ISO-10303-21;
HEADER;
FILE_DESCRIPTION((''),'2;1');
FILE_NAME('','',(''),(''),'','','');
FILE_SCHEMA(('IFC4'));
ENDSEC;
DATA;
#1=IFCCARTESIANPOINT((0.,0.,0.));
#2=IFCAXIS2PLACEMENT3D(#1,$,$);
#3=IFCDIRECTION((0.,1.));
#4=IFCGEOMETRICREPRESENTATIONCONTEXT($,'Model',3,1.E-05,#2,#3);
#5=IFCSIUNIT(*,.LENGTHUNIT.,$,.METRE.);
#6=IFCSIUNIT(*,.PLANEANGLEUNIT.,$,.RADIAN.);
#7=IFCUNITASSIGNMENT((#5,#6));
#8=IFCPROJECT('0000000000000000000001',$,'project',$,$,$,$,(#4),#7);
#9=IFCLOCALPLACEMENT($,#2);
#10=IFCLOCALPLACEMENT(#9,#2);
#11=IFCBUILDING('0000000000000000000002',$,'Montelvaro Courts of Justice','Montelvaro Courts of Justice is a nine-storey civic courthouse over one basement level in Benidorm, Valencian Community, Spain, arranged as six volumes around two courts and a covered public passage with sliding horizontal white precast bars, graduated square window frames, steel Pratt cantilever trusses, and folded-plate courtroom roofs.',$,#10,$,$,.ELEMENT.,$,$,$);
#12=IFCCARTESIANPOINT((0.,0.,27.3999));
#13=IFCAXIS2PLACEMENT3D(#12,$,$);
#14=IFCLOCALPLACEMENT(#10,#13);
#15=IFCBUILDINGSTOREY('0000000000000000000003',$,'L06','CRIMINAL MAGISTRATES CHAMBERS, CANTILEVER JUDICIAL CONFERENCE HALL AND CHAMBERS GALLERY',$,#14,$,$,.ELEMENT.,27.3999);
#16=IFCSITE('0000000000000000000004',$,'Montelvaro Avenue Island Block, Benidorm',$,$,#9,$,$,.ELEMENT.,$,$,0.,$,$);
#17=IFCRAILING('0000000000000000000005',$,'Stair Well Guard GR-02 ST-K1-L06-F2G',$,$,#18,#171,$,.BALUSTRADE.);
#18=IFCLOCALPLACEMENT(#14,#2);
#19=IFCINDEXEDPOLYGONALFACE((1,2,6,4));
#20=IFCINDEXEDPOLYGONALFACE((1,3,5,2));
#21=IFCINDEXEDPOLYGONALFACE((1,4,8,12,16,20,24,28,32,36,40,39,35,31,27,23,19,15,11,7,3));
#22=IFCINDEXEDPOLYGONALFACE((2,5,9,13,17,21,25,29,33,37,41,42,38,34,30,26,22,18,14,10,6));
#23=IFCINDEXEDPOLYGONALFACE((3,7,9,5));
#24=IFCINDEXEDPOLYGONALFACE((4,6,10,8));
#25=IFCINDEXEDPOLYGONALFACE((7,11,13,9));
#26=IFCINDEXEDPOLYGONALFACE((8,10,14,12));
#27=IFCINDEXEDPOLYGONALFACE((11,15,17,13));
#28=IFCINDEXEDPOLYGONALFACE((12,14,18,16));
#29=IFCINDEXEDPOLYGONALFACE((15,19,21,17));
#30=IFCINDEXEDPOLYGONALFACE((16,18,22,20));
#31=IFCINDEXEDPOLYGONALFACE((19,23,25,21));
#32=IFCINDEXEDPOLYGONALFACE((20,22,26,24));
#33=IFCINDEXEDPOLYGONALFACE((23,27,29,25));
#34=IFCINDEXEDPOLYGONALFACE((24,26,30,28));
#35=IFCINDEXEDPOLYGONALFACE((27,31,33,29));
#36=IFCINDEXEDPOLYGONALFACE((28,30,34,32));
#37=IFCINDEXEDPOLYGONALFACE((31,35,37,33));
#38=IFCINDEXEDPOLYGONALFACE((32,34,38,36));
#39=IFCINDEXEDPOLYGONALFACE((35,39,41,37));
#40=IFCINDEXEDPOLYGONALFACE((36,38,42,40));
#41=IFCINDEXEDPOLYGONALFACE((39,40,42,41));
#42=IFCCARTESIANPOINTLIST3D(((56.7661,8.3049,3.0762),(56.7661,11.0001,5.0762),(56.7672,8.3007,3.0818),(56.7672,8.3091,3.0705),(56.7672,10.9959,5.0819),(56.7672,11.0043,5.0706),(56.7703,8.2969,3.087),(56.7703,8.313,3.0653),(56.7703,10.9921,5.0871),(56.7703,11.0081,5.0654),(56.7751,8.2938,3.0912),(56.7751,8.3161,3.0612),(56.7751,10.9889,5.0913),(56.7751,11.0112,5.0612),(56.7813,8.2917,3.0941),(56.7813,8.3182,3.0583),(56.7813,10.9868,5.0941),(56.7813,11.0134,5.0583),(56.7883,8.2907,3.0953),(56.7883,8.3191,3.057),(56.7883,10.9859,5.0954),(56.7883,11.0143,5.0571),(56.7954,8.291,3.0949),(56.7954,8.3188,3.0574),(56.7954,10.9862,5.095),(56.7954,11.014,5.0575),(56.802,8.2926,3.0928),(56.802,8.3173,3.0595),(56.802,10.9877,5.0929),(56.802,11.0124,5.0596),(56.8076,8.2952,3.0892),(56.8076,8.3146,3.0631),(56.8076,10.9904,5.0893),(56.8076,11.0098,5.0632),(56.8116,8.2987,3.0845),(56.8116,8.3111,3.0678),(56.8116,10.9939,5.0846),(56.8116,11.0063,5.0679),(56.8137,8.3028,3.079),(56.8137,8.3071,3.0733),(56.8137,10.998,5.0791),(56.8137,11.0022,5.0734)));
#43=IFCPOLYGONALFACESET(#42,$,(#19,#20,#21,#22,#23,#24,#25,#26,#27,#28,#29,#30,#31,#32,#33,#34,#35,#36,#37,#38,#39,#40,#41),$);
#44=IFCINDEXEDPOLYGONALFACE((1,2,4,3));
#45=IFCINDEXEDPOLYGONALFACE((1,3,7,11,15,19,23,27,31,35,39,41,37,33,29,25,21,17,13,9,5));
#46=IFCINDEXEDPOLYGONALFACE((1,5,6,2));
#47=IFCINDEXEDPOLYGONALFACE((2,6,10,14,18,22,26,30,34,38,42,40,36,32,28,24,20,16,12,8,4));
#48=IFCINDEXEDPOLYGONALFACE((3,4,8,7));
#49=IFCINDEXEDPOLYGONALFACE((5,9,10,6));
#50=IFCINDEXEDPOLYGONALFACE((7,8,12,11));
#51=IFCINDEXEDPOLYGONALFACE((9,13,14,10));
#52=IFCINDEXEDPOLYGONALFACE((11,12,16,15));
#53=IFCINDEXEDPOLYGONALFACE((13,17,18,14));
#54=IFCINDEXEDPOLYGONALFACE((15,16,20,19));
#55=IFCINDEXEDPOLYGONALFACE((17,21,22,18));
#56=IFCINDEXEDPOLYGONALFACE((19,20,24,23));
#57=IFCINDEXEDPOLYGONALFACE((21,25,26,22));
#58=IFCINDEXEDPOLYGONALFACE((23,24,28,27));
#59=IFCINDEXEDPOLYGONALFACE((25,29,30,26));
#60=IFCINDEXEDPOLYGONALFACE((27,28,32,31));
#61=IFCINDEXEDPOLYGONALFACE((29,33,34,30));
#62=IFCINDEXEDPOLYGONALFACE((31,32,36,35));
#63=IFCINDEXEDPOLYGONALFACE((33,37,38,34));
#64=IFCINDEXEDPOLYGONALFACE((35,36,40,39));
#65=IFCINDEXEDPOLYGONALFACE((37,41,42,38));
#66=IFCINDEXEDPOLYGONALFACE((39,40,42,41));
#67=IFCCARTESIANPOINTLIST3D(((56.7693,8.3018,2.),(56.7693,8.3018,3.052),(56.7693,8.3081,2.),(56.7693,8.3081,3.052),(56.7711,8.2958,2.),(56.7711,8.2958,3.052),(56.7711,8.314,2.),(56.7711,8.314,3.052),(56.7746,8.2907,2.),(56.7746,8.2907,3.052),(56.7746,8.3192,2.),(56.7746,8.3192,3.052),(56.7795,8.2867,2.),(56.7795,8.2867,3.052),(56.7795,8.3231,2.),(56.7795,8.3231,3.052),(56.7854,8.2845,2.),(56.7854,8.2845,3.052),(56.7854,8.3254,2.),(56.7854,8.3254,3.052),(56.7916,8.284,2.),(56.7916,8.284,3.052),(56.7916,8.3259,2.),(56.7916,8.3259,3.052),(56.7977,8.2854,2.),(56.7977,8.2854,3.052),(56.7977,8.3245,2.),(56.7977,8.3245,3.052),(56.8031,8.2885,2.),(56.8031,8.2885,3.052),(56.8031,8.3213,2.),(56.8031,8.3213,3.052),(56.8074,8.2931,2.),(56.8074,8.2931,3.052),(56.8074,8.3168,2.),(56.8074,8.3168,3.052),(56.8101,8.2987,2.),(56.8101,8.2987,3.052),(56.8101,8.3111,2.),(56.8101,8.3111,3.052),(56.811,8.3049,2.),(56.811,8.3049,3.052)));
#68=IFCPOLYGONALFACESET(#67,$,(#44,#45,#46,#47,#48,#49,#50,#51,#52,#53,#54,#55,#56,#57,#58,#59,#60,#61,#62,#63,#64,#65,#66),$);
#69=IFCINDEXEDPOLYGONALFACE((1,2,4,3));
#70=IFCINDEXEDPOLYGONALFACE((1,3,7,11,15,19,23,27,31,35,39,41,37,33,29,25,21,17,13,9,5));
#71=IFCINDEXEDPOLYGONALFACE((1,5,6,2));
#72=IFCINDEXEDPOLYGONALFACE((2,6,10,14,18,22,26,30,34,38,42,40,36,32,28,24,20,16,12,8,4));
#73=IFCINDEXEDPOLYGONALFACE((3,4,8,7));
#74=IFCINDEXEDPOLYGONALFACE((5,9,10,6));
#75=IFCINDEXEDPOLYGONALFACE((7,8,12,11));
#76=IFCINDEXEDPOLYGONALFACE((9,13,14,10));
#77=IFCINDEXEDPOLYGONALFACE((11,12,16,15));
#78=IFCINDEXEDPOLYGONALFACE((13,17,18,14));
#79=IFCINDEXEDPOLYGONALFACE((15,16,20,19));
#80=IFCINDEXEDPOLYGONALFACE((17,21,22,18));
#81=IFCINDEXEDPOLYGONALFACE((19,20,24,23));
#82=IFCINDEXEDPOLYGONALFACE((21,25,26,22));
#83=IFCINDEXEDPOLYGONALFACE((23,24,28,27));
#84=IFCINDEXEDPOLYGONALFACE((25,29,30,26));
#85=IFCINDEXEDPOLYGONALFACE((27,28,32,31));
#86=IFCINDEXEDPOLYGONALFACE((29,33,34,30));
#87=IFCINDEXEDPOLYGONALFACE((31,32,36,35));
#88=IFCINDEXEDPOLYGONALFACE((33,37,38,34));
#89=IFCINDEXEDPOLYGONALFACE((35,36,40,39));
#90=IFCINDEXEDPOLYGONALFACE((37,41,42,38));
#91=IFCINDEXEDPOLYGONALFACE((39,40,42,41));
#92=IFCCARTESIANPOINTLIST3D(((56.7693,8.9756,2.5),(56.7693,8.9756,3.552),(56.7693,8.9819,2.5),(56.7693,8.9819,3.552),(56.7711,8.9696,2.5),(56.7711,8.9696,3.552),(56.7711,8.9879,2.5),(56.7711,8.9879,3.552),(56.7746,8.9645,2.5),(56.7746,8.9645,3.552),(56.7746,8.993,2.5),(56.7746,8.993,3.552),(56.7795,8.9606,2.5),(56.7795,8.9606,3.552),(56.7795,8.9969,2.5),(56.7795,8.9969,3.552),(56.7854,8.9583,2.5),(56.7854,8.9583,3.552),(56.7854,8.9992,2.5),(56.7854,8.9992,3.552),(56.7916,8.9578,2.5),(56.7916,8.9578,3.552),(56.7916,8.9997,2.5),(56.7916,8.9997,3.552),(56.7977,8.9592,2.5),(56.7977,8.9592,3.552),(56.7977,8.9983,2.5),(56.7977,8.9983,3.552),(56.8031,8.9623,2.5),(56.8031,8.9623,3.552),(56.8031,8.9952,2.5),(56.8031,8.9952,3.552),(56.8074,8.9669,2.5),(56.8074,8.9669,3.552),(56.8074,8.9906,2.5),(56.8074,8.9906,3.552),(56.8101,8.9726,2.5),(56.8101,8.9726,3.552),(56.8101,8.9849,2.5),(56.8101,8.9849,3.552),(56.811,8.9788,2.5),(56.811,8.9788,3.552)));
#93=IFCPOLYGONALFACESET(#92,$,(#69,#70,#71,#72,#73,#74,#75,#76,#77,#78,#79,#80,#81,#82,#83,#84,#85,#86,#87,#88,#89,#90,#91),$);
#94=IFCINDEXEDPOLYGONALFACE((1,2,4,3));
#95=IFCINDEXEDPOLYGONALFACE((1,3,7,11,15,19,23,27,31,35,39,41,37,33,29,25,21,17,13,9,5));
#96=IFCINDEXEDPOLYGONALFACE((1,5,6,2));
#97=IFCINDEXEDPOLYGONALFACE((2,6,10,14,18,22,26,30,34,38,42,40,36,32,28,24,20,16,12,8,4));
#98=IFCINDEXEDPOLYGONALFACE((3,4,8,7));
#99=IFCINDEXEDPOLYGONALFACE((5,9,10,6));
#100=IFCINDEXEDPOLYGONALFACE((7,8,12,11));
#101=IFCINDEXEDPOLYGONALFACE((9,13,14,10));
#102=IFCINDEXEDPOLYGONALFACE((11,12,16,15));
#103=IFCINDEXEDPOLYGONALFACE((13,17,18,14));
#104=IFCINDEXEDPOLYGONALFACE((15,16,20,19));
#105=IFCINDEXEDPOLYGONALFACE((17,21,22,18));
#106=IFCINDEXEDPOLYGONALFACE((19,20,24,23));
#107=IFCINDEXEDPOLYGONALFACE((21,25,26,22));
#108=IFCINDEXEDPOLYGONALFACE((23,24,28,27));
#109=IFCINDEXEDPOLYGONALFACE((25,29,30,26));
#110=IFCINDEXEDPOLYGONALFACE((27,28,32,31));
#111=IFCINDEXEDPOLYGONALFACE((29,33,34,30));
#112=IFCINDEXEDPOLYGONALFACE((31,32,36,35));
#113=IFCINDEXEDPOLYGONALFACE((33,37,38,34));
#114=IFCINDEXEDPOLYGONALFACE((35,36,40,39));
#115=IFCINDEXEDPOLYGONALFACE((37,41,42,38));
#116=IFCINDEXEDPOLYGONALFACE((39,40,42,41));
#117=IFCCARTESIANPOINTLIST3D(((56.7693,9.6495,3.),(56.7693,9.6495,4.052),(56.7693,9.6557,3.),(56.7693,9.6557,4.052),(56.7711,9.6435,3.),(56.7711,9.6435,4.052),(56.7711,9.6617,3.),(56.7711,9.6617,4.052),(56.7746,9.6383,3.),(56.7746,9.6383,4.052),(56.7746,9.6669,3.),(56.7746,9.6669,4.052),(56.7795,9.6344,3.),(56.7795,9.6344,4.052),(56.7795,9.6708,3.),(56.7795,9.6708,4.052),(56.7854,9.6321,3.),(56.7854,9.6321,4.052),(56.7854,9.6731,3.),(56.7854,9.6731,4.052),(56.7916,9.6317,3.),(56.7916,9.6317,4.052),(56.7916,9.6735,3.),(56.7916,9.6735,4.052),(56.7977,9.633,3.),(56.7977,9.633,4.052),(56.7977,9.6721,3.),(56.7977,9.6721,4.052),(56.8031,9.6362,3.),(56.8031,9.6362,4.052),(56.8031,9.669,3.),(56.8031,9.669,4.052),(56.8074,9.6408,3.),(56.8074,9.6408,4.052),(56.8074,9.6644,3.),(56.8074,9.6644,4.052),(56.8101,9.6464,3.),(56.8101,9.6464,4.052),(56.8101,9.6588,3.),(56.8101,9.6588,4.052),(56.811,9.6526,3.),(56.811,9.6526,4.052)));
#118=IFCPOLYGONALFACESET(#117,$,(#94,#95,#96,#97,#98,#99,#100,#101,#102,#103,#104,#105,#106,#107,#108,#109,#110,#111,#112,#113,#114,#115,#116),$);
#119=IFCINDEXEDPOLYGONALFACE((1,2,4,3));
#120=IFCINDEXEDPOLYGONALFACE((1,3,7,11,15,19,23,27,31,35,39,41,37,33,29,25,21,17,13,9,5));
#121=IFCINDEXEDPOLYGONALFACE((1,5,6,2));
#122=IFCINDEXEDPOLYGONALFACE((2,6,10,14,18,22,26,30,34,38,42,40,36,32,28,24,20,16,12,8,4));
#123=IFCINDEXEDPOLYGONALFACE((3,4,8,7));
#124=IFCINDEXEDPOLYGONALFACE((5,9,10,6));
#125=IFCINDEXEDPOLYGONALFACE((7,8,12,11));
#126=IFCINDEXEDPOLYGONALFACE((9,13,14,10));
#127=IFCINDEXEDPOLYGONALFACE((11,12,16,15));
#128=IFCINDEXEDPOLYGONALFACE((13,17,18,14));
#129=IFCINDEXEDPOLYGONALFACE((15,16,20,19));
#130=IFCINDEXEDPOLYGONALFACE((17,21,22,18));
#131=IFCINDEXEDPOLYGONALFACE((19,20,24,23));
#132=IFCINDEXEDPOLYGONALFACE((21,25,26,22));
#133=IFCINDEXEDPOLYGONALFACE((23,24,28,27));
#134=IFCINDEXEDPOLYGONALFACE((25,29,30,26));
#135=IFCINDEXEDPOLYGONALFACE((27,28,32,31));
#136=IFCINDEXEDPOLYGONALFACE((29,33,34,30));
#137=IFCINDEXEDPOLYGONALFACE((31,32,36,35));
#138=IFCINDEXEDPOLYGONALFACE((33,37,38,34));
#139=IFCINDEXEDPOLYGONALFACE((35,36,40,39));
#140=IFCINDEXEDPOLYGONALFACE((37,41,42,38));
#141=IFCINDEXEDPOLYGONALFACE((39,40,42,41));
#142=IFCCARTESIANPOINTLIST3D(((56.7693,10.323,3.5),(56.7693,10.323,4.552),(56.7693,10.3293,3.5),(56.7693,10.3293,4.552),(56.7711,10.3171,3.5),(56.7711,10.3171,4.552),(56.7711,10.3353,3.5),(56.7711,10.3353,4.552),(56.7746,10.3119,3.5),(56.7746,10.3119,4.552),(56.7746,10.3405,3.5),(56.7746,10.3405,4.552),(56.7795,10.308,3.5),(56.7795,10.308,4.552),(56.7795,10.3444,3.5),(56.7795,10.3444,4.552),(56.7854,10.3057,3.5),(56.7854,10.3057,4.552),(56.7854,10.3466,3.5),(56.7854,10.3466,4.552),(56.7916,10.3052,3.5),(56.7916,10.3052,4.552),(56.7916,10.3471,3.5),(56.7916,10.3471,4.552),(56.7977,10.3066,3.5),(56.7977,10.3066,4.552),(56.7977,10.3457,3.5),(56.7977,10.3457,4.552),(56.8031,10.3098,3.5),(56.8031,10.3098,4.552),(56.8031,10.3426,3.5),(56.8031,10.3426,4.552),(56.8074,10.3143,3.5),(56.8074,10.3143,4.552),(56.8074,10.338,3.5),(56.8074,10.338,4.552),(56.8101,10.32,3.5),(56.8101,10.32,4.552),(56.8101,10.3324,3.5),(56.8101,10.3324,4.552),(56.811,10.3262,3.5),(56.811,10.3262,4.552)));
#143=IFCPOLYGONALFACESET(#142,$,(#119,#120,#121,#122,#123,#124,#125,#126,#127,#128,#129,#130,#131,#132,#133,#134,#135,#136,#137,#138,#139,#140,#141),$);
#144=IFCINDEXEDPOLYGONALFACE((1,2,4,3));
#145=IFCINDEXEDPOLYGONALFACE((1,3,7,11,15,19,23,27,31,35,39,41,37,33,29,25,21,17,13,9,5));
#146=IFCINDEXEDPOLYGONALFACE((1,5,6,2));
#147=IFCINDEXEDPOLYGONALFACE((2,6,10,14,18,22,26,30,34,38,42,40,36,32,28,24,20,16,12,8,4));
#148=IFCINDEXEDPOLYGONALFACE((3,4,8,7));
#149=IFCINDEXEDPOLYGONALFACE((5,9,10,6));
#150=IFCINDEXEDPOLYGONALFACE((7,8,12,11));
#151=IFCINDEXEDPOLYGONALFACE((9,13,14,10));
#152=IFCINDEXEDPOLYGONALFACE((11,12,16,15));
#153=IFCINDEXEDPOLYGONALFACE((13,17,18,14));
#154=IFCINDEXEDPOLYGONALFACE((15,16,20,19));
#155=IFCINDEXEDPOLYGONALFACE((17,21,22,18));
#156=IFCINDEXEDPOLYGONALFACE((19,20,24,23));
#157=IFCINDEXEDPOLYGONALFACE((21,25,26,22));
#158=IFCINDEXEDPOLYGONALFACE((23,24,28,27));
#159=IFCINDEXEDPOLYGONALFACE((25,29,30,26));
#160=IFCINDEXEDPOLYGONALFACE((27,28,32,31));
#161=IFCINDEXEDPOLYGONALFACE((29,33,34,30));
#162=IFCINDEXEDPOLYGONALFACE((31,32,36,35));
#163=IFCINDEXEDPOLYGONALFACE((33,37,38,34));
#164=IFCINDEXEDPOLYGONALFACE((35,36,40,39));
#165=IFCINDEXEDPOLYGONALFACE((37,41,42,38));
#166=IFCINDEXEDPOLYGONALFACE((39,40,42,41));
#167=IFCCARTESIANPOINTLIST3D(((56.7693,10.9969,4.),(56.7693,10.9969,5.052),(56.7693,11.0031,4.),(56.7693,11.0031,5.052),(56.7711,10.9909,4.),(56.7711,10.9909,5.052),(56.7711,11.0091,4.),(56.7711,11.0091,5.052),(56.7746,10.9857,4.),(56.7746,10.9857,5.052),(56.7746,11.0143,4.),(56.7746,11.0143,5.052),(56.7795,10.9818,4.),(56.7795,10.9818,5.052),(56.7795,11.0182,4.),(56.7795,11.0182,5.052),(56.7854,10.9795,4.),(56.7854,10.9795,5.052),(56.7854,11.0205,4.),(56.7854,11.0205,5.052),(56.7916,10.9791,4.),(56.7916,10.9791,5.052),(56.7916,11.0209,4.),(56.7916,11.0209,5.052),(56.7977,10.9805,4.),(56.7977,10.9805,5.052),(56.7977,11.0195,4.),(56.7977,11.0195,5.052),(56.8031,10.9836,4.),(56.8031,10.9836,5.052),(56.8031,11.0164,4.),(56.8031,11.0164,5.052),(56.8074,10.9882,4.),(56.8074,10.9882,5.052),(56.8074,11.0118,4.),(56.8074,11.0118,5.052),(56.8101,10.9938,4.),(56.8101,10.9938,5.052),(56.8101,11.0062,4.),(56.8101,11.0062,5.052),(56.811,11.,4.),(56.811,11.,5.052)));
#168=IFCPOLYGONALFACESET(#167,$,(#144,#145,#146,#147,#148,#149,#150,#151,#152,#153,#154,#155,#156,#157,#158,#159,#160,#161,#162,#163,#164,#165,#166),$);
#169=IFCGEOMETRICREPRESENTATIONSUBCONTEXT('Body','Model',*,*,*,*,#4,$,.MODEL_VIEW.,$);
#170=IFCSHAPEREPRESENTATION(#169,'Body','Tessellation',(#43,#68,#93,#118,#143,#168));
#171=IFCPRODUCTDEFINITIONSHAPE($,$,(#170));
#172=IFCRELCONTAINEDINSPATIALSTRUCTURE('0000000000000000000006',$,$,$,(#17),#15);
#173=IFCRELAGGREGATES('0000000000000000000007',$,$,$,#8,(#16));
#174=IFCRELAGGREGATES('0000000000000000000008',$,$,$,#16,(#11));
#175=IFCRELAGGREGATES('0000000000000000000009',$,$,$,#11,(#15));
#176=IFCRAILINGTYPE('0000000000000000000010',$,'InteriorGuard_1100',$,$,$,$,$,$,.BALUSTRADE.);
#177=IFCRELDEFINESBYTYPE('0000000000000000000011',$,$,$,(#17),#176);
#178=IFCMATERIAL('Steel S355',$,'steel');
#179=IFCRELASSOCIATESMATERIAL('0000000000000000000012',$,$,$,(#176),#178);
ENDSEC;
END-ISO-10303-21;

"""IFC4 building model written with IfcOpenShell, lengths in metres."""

from ifc_helpers import new_model, si_unit, direction, frame, origin, origin_2d, place, context, subcontext, project, spatial, circle, extrude, material, type_object, element, save


model = new_model("IFC4")

# Units and contexts
model_context = context("Model", 3, precision=1e-05, world=origin(), true_north=direction((0.0, 1.0)))
body_context = subcontext(model_context, "Body", "Model", "MODEL_VIEW")
ifc_project = project(units=[si_unit("LENGTHUNIT", "METRE"), si_unit("PLANEANGLEUNIT", "RADIAN")], contexts=[model_context])

# Site, building, storey
site_placement = place(None, origin())
site = spatial("IfcSite", under=ifc_project, at=site_placement, Name="Montelvaro Avenue Island Block, Benidorm", CompositionType="ELEMENT", RefElevation=0.0)
building_placement = place(site_placement, origin())
building = spatial("IfcBuilding", under=site, at=building_placement, Name="Montelvaro Courts of Justice", Description="Montelvaro Courts of Justice is a nine-storey civic courthouse over one basement level in Benidorm, Valencian Community, Spain, arranged as six volumes around two courts and a covered public passage with sliding horizontal white precast bars, graduated square window frames, steel Pratt cantilever trusses, and folded-plate courtroom roofs.", CompositionType="ELEMENT")
storey_placement = place(building_placement, frame((0.0, 0.0, 27.3999)))
storey = spatial("IfcBuildingStorey", under=building, at=storey_placement, Name="L06", Description="CRIMINAL MAGISTRATES CHAMBERS, CANTILEVER JUDICIAL CONFERENCE HALL AND CHAMBERS GALLERY", CompositionType="ELEMENT", Elevation=27.3999)

# Shared definitions
ifc_material_1 = material(Name="Steel S355", Category="steel")

# Railing
railing_type_1 = type_object("IfcRailingType", Name="InteriorGuard_1100", PredefinedType="BALUSTRADE", material=ifc_material_1)
railing_1_placement = place(storey_placement, frame((56.79, 8.3049, 2.0)))
element("IfcRailing", 1, at=railing_1_placement, inside=storey, type_object=railing_type_1, Name="Stair Well Guard GR-02 ST-K1-L06-F2G", PredefinedType="BALUSTRADE", context=body_context, shape_type="SweptSolid", body=[
    extrude(circle(Radius=0.0239, at=origin_2d()), frame((0.0, 0.0, 1.0762), z_axis=(0.0, 0.803036, 0.59593), x_axis=(-1.0, 0.0, 0.0)), (0.0, 0.0, 1.0), 3.3562),
    extrude(circle(Radius=0.021, at=origin_2d()), origin(), (0.0, 0.0, 1.0), 1.052),
    extrude(circle(Radius=0.021, at=origin_2d()), frame((0.0, 0.6738, 0.5)), (0.0, 0.0, 1.0), 1.052),
    extrude(circle(Radius=0.021, at=origin_2d()), frame((0.0, 1.3477, 1.0)), (0.0, 0.0, 1.0), 1.052),
    extrude(circle(Radius=0.021, at=origin_2d()), frame((0.0, 2.0212, 1.5)), (0.0, 0.0, 1.0), 1.052),
    extrude(circle(Radius=0.021, at=origin_2d()), frame((0.0, 2.6951, 2.0)), (0.0, 0.0, 1.0), 1.052),
])

save(model, "model.ifc")
